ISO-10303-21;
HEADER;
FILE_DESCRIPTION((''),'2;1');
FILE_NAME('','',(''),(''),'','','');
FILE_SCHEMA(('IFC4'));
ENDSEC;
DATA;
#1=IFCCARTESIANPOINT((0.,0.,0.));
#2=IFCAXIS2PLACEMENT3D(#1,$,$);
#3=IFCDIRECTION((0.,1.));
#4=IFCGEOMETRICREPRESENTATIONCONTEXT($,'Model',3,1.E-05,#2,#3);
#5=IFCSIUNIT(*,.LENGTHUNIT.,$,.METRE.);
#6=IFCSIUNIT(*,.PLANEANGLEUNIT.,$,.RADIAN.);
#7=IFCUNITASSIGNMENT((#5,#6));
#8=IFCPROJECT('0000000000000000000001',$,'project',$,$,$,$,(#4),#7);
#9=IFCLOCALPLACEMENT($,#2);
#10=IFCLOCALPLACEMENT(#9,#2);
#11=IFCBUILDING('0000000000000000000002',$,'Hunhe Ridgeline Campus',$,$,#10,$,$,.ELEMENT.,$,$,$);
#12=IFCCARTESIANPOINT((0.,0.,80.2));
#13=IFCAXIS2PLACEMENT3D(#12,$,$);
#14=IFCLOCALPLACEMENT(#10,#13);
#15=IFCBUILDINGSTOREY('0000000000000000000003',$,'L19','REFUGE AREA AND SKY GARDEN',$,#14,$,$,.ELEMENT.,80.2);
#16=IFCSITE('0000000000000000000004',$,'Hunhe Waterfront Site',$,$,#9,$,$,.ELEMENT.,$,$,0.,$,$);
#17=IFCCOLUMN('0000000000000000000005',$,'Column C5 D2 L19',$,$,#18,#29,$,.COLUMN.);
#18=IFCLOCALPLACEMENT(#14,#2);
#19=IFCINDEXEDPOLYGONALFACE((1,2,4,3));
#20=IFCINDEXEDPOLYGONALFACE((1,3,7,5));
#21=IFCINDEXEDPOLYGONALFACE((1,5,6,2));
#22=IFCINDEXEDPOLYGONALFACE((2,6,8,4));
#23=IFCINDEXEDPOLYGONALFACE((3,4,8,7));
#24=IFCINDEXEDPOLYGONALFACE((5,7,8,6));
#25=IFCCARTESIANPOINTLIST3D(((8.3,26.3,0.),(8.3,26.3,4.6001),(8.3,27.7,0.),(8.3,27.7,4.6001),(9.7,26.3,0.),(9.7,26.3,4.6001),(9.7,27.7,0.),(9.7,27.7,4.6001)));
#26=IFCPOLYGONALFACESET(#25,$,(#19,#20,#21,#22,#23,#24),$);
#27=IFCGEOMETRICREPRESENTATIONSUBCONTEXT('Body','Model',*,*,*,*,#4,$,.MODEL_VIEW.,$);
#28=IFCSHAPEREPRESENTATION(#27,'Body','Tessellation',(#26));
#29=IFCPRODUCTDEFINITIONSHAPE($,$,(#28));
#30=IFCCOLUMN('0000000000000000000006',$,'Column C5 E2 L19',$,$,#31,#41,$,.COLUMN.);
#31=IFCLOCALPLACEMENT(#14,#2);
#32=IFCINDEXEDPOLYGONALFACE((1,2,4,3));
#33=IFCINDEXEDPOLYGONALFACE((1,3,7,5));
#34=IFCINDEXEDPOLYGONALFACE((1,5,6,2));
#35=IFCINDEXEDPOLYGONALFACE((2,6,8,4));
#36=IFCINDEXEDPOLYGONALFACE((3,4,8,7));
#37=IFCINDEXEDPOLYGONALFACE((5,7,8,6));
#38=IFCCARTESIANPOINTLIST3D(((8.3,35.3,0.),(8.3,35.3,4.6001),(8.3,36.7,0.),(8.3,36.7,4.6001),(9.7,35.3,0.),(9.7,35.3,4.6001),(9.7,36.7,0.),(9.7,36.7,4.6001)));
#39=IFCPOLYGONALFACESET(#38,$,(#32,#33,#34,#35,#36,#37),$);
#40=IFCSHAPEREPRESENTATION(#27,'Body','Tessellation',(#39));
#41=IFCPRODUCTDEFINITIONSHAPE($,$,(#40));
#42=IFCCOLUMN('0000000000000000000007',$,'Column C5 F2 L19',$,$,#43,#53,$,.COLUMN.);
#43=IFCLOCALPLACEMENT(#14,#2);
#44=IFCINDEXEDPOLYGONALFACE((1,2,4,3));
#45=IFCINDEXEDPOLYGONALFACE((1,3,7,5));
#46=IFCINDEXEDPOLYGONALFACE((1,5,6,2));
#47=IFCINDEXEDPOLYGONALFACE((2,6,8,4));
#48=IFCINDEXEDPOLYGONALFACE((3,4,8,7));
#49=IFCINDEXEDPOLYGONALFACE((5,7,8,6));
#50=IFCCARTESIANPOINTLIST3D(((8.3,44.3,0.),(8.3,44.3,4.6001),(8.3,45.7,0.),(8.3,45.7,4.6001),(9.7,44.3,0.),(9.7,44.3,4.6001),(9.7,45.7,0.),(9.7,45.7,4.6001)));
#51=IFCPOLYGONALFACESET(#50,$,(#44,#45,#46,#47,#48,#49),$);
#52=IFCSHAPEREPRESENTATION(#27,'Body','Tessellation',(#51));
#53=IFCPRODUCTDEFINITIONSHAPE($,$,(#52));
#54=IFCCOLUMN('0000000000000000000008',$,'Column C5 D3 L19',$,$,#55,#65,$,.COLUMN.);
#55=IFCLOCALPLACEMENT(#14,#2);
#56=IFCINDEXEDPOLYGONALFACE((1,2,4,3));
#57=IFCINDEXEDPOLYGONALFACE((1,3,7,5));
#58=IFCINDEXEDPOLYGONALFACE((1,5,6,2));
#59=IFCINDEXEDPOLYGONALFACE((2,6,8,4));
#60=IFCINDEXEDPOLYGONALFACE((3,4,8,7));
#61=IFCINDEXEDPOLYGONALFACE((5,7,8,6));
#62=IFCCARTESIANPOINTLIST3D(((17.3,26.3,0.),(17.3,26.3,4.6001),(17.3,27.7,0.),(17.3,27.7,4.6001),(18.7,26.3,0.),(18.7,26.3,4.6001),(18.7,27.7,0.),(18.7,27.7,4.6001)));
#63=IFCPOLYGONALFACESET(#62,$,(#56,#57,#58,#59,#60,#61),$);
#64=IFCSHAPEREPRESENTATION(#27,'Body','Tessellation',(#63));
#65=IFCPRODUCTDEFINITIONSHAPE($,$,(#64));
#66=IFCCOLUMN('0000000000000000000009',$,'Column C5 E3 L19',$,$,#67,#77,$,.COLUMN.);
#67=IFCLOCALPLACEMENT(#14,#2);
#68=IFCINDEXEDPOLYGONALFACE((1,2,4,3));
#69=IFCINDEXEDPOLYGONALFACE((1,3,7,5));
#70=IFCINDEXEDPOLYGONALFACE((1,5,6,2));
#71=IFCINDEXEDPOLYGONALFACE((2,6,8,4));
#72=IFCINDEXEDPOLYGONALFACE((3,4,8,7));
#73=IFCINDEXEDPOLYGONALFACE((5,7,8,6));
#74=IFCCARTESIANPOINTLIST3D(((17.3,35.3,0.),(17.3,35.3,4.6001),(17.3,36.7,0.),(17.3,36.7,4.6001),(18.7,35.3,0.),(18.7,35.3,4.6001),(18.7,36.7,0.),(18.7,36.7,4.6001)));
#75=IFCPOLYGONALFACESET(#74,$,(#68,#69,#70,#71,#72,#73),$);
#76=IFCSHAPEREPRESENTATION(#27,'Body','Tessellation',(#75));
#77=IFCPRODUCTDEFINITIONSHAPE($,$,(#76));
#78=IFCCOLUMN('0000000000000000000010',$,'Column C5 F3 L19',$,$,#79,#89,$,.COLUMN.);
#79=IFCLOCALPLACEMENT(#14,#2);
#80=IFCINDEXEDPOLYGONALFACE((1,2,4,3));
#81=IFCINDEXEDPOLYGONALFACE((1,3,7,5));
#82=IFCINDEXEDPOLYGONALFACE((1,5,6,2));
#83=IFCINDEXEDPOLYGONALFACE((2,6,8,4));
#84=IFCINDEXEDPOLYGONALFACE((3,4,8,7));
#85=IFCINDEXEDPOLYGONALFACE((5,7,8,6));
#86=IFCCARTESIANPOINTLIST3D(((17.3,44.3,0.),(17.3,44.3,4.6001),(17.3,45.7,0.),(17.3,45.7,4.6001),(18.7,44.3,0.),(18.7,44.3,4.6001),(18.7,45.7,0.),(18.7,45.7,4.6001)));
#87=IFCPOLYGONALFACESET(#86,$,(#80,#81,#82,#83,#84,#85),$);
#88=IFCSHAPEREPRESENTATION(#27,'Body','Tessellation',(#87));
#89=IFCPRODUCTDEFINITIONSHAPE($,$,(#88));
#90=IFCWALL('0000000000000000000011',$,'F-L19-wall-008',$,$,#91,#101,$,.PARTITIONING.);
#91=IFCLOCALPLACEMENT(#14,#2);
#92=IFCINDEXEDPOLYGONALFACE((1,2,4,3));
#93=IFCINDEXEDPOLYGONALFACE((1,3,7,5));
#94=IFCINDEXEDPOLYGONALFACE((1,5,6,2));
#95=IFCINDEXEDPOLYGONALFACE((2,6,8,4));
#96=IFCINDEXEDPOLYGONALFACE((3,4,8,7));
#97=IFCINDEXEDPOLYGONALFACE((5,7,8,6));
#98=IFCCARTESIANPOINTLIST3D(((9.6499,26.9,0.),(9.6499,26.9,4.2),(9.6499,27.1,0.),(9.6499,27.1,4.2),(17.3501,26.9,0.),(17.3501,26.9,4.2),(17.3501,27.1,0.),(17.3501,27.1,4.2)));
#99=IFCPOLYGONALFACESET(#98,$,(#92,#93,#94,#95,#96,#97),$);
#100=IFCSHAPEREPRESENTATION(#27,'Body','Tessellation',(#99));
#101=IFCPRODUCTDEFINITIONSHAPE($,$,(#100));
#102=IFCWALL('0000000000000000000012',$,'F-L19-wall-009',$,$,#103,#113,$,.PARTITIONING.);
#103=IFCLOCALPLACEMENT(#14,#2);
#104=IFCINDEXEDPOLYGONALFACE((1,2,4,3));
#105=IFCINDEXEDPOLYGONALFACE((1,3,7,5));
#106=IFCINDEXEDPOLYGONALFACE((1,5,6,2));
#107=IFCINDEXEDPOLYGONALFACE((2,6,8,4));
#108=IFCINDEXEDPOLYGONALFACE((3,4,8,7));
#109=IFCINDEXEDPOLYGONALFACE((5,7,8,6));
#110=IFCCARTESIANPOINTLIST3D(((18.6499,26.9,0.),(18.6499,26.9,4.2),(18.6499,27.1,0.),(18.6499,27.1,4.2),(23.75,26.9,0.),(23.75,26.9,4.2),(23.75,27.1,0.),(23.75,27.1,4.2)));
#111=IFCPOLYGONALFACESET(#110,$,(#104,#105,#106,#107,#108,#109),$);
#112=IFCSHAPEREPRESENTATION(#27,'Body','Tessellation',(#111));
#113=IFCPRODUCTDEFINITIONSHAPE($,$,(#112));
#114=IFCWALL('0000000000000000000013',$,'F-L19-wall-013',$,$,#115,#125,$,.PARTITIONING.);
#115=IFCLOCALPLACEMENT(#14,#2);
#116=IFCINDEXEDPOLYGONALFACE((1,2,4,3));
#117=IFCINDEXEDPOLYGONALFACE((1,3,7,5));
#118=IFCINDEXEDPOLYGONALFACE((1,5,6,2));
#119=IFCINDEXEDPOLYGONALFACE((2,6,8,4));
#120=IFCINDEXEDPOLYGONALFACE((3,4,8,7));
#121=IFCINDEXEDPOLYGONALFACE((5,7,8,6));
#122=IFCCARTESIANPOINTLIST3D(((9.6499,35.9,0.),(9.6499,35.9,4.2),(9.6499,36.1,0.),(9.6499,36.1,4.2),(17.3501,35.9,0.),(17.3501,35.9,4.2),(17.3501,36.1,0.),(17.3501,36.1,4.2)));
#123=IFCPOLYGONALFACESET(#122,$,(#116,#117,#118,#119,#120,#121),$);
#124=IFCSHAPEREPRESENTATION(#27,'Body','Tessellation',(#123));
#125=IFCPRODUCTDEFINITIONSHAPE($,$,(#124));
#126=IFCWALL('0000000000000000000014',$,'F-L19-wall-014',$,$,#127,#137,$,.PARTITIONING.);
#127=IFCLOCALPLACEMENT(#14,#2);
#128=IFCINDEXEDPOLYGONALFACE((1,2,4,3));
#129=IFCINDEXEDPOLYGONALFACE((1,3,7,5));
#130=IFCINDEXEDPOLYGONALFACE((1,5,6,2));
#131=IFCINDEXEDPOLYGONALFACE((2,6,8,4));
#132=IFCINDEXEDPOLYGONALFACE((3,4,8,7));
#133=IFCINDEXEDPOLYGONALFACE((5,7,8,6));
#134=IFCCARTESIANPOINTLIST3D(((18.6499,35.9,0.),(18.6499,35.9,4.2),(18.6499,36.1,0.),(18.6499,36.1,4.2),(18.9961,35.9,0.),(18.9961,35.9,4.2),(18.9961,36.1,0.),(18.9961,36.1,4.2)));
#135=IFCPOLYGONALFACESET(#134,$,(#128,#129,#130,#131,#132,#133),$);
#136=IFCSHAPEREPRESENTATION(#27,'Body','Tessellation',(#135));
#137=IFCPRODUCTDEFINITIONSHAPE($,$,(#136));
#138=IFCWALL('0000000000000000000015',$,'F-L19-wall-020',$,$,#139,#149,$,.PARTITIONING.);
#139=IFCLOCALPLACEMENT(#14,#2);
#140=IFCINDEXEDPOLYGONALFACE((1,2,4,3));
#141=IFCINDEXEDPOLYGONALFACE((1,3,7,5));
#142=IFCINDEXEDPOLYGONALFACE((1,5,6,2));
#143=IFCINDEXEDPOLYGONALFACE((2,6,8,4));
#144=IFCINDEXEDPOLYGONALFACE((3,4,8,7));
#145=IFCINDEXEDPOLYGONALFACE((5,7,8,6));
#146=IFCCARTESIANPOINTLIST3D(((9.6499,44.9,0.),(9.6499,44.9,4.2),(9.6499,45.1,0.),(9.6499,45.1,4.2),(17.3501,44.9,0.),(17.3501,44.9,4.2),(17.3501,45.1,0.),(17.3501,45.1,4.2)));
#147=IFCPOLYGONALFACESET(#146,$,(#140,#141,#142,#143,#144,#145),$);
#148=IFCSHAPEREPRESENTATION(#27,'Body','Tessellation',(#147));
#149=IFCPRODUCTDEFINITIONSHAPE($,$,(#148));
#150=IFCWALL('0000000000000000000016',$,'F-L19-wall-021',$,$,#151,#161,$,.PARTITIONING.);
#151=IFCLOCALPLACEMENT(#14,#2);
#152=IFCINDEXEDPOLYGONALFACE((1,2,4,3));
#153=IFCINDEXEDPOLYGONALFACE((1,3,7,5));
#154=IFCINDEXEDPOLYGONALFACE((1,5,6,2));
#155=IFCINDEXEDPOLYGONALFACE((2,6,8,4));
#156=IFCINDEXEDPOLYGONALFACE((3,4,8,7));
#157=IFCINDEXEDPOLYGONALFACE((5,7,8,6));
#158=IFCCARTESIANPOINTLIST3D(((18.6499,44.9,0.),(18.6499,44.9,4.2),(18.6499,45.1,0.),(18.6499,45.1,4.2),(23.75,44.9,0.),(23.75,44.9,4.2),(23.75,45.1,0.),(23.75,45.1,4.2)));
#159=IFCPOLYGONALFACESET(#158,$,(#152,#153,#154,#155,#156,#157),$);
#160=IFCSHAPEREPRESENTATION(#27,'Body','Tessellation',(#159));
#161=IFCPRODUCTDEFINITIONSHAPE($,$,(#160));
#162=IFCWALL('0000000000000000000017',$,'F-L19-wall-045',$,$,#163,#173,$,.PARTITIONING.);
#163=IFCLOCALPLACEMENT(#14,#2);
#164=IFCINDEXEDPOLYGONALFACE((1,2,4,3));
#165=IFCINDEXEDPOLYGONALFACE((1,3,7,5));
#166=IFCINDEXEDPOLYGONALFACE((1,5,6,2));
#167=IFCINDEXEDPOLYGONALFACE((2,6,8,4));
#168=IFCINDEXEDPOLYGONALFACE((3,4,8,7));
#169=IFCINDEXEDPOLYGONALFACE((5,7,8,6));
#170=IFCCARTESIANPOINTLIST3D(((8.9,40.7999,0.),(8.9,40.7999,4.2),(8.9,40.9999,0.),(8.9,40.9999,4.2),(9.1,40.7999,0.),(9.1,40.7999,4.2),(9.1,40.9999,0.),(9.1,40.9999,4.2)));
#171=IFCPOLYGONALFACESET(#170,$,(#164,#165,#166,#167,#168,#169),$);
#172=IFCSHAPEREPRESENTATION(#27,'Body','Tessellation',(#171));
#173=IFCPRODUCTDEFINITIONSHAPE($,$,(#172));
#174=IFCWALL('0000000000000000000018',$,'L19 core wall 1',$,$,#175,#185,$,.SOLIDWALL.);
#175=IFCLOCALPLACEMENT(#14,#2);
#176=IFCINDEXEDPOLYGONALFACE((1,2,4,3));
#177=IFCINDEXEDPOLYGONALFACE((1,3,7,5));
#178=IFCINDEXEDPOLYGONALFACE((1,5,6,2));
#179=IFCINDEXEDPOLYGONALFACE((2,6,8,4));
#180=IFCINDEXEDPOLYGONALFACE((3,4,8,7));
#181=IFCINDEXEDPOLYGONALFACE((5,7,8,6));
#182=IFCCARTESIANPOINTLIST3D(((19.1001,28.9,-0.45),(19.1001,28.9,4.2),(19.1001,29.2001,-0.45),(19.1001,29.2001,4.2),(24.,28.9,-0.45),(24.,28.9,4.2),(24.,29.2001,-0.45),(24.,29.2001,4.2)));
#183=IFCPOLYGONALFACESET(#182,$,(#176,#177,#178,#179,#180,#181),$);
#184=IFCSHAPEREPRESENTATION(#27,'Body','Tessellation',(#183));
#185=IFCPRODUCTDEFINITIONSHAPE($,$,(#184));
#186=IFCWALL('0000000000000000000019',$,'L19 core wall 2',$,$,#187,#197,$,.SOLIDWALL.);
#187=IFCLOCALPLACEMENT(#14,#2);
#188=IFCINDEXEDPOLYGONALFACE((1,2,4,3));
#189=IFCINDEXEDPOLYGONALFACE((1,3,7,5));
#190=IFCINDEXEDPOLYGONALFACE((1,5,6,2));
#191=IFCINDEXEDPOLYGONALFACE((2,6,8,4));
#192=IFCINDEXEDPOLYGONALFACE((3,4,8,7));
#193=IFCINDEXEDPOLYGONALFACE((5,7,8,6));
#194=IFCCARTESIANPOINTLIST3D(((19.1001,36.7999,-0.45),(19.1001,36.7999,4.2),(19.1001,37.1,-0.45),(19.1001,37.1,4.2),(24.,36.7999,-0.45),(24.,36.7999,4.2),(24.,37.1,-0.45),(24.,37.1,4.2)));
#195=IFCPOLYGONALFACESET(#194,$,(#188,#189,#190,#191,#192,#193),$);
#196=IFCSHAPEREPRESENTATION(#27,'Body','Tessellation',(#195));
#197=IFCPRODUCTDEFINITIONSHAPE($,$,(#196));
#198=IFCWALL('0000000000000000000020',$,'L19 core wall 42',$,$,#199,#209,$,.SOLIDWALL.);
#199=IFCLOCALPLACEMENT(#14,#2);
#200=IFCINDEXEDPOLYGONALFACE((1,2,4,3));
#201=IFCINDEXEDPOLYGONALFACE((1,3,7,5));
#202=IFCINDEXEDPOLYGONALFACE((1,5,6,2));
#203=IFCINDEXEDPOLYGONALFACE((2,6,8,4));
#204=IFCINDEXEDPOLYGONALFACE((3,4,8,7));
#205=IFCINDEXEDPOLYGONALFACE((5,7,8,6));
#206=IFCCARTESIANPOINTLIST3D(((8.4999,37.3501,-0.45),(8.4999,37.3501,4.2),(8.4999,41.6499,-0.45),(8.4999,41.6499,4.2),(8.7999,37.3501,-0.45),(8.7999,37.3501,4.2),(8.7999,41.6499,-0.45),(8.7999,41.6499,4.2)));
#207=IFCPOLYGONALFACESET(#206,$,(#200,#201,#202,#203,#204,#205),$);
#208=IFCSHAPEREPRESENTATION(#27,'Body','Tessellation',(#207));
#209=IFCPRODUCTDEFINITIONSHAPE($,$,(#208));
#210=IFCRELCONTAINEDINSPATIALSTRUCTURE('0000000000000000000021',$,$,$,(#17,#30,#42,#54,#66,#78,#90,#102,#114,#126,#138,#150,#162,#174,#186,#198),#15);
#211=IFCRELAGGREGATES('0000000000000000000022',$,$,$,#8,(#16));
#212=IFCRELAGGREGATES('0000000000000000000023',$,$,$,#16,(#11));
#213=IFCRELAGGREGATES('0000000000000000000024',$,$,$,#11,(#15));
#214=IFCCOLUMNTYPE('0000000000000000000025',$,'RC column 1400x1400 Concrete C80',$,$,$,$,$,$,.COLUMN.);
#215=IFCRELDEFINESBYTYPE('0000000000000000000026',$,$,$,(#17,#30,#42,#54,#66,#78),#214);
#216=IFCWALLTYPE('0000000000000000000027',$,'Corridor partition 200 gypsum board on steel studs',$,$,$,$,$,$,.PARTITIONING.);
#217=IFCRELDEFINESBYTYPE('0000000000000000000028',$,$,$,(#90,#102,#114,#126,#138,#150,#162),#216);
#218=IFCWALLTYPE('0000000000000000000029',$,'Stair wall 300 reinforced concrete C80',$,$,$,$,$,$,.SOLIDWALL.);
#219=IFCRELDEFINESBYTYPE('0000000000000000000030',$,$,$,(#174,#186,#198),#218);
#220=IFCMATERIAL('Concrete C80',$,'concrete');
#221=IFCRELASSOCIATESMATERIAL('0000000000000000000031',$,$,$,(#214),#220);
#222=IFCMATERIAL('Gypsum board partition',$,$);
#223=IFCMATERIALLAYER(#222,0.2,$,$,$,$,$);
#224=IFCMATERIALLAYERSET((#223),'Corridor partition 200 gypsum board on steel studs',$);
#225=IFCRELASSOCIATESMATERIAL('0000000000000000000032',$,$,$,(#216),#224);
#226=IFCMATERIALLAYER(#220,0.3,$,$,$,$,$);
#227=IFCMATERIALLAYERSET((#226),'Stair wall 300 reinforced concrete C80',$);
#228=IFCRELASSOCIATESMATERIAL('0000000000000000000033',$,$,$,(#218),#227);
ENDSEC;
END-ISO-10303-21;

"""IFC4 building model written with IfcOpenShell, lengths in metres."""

from ifc_helpers import new_model, si_unit, direction, frame, frame_2d, origin, origin_2d, place, context, subcontext, project, spatial, rectangle, extrude, material, layer, layer_set, material_profile, profile_set, type_object, element, save


model = new_model("IFC4")

# Units and contexts
model_context = context("Model", 3, precision=1e-05, world=origin(), true_north=direction((0.0, 1.0)))
body_context = subcontext(model_context, "Body", "Model", "MODEL_VIEW")
ifc_project = project(units=[si_unit("LENGTHUNIT", "METRE"), si_unit("PLANEANGLEUNIT", "RADIAN")], contexts=[model_context])

# Site, building, storey
site_placement = place(None, origin())
site = spatial("IfcSite", under=ifc_project, at=site_placement, Name="Hunhe Waterfront Site", CompositionType="ELEMENT", RefElevation=0.0)
building_placement = place(site_placement, origin())
building = spatial("IfcBuilding", under=site, at=building_placement, Name="Hunhe Ridgeline Campus", CompositionType="ELEMENT")
storey_placement = place(building_placement, frame((0.0, 0.0, 80.2)))
storey = spatial("IfcBuildingStorey", under=building, at=storey_placement, Name="L19", Description="REFUGE AREA AND SKY GARDEN", CompositionType="ELEMENT", Elevation=80.2)

# Columns
ifc_material_1 = material(Name="Concrete C80", Category="concrete")
ifc_material_profile = material_profile(ifc_material_1, rectangle(XDim=1.3999, YDim=1.3999, at=origin_2d()))
ifc_profile_set = profile_set([ifc_material_profile], Name="Concrete C80")
column_type = type_object("IfcColumnType", Name="RC column 1400x1400 Concrete C80", PredefinedType="COLUMN", material=ifc_profile_set)
for number, where, z_axis, x_axis, name in (
    (1, (9.0, 27.0, 0.0), (0.0, 0.0, 1.0), (1.0, 0.0, 0.0), "Column C5 D2 L19"),
    (2, (9.0, 36.0, 0.0), (0.0, 0.0, 1.0), (1.0, 0.0, 0.0), "Column C5 E2 L19"),
    (3, (9.0, 45.0, 0.0), (0.0, 0.0, 1.0), (1.0, 0.0, 0.0), "Column C5 F2 L19"),
    (4, (18.0, 27.0, 0.0), (0.0, 0.0, 1.0), (1.0, 0.0, 0.0), "Column C5 D3 L19"),
    (5, (18.0, 36.0, 0.0), (0.0, 0.0, 1.0), (1.0, 0.0, 0.0), "Column C5 E3 L19"),
    (6, (18.0, 45.0, 0.0), (0.0, 0.0, 1.0), (1.0, 0.0, 0.0), "Column C5 F3 L19"),
):
    element("IfcColumn", number, at=place(storey_placement, frame(where, z_axis=z_axis, x_axis=x_axis)), inside=storey, type_object=column_type, Name=name, PredefinedType="COLUMN", context=body_context, shape_type="SweptSolid", body=[
        extrude(rectangle(XDim=1.3999, YDim=1.3999, at=origin_2d()), origin(), (0.0, 0.0, 1.0), 4.6001),
    ])

# Walls
ifc_material_2 = material(Name="Gypsum board partition")
ifc_layer_1 = layer(ifc_material_2, 0.2)
ifc_layer_set_1 = layer_set([ifc_layer_1], Name="Corridor partition 200 gypsum board on steel studs")
wall_type_1 = type_object("IfcWallType", Name="Corridor partition 200 gypsum board on steel studs", PredefinedType="PARTITIONING", material=ifc_layer_set_1)
wall_1_placement = place(storey_placement, frame((9.6499, 27.0, 0.0), z_axis=(0.0, 0.0, 1.0), x_axis=(1.0, 0.0, 0.0)))
element("IfcWall", 7, at=wall_1_placement, inside=storey, type_object=wall_type_1, Name="F-L19-wall-008", PredefinedType="PARTITIONING", context=body_context, shape_type="SweptSolid", body=[
    extrude(rectangle(XDim=7.7002, YDim=0.2, at=frame_2d((3.8501, 0.0))), origin(), (0.0, 0.0, 1.0), 4.2),
])
wall_2_placement = place(storey_placement, frame((18.6499, 27.0, 0.0), z_axis=(0.0, 0.0, 1.0), x_axis=(1.0, 0.0, 0.0)))
element("IfcWall", 8, at=wall_2_placement, inside=storey, type_object=wall_type_1, Name="F-L19-wall-009", PredefinedType="PARTITIONING", context=body_context, shape_type="SweptSolid", body=[
    extrude(rectangle(XDim=5.1001, YDim=0.2, at=frame_2d((2.55, 0.0))), origin(), (0.0, 0.0, 1.0), 4.2),
])
wall_3_placement = place(storey_placement, frame((9.6499, 36.0, 0.0), z_axis=(0.0, 0.0, 1.0), x_axis=(1.0, 0.0, 0.0)))
element("IfcWall", 9, at=wall_3_placement, inside=storey, type_object=wall_type_1, Name="F-L19-wall-013", PredefinedType="PARTITIONING", context=body_context, shape_type="SweptSolid", body=[
    extrude(rectangle(XDim=7.7002, YDim=0.2, at=frame_2d((3.8501, 0.0))), origin(), (0.0, 0.0, 1.0), 4.2),
])
wall_4_placement = place(storey_placement, frame((18.6499, 36.0, 0.0), z_axis=(0.0, 0.0, 1.0), x_axis=(1.0, 0.0, 0.0)))
element("IfcWall", 10, at=wall_4_placement, inside=storey, type_object=wall_type_1, Name="F-L19-wall-014", PredefinedType="PARTITIONING", context=body_context, shape_type="SweptSolid", body=[
    extrude(rectangle(XDim=0.3462, YDim=0.2, at=frame_2d((0.1731, 0.0))), origin(), (0.0, 0.0, 1.0), 4.2),
])
wall_5_placement = place(storey_placement, frame((9.6499, 45.0, 0.0), z_axis=(0.0, 0.0, 1.0), x_axis=(1.0, 0.0, 0.0)))
element("IfcWall", 11, at=wall_5_placement, inside=storey, type_object=wall_type_1, Name="F-L19-wall-020", PredefinedType="PARTITIONING", context=body_context, shape_type="SweptSolid", body=[
    extrude(rectangle(XDim=7.7002, YDim=0.2, at=frame_2d((3.8501, 0.0))), origin(), (0.0, 0.0, 1.0), 4.2),
])
wall_6_placement = place(storey_placement, frame((18.6499, 45.0, 0.0), z_axis=(0.0, 0.0, 1.0), x_axis=(1.0, 0.0, 0.0)))
element("IfcWall", 12, at=wall_6_placement, inside=storey, type_object=wall_type_1, Name="F-L19-wall-021", PredefinedType="PARTITIONING", context=body_context, shape_type="SweptSolid", body=[
    extrude(rectangle(XDim=5.1001, YDim=0.2, at=frame_2d((2.55, 0.0))), origin(), (0.0, 0.0, 1.0), 4.2),
])
wall_7_placement = place(storey_placement, frame((9.0, 41.0, 0.0), z_axis=(0.0, 0.0, 1.0), x_axis=(0.0, -1.0, 0.0)))
element("IfcWall", 13, at=wall_7_placement, inside=storey, type_object=wall_type_1, Name="F-L19-wall-045", PredefinedType="PARTITIONING", context=body_context, shape_type="SweptSolid", body=[
    extrude(rectangle(XDim=0.2, YDim=0.2, at=frame_2d((0.1001, 0.0))), origin(), (0.0, 0.0, 1.0), 4.2),
])
ifc_layer_2 = layer(ifc_material_1, 0.3)
ifc_layer_set_2 = layer_set([ifc_layer_2], Name="Stair wall 300 reinforced concrete C80")
wall_type_2 = type_object("IfcWallType", Name="Stair wall 300 reinforced concrete C80", PredefinedType="SOLIDWALL", material=ifc_layer_set_2)
for number, where, z_axis, x_axis, name in (
    (14, (19.1001, 29.05, -0.45), (0.0, 0.0, 1.0), (1.0, 0.0, 0.0), "L19 core wall 1"),
    (15, (19.1001, 36.95, -0.45), (0.0, 0.0, 1.0), (1.0, 0.0, 0.0), "L19 core wall 2"),
):
    element("IfcWall", number, at=place(storey_placement, frame(where, z_axis=z_axis, x_axis=x_axis)), inside=storey, type_object=wall_type_2, Name=name, PredefinedType="SOLIDWALL", context=body_context, shape_type="SweptSolid", body=[
        extrude(rectangle(XDim=4.8999, YDim=0.3, at=frame_2d((2.45, 0.0))), origin(), (0.0, 0.0, 1.0), 4.6499),
    ])
wall_8_placement = place(storey_placement, frame((8.6499, 37.3501, -0.45), z_axis=(0.0, 0.0, 1.0), x_axis=(0.0, 1.0, 0.0)))
element("IfcWall", 16, at=wall_8_placement, inside=storey, type_object=wall_type_2, Name="L19 core wall 42", PredefinedType="SOLIDWALL", context=body_context, shape_type="SweptSolid", body=[
    extrude(rectangle(XDim=4.2998, YDim=0.3, at=frame_2d((2.1499, 0.0))), origin(), (0.0, 0.0, 1.0), 4.6499),
])

save(model, "model.ifc")
